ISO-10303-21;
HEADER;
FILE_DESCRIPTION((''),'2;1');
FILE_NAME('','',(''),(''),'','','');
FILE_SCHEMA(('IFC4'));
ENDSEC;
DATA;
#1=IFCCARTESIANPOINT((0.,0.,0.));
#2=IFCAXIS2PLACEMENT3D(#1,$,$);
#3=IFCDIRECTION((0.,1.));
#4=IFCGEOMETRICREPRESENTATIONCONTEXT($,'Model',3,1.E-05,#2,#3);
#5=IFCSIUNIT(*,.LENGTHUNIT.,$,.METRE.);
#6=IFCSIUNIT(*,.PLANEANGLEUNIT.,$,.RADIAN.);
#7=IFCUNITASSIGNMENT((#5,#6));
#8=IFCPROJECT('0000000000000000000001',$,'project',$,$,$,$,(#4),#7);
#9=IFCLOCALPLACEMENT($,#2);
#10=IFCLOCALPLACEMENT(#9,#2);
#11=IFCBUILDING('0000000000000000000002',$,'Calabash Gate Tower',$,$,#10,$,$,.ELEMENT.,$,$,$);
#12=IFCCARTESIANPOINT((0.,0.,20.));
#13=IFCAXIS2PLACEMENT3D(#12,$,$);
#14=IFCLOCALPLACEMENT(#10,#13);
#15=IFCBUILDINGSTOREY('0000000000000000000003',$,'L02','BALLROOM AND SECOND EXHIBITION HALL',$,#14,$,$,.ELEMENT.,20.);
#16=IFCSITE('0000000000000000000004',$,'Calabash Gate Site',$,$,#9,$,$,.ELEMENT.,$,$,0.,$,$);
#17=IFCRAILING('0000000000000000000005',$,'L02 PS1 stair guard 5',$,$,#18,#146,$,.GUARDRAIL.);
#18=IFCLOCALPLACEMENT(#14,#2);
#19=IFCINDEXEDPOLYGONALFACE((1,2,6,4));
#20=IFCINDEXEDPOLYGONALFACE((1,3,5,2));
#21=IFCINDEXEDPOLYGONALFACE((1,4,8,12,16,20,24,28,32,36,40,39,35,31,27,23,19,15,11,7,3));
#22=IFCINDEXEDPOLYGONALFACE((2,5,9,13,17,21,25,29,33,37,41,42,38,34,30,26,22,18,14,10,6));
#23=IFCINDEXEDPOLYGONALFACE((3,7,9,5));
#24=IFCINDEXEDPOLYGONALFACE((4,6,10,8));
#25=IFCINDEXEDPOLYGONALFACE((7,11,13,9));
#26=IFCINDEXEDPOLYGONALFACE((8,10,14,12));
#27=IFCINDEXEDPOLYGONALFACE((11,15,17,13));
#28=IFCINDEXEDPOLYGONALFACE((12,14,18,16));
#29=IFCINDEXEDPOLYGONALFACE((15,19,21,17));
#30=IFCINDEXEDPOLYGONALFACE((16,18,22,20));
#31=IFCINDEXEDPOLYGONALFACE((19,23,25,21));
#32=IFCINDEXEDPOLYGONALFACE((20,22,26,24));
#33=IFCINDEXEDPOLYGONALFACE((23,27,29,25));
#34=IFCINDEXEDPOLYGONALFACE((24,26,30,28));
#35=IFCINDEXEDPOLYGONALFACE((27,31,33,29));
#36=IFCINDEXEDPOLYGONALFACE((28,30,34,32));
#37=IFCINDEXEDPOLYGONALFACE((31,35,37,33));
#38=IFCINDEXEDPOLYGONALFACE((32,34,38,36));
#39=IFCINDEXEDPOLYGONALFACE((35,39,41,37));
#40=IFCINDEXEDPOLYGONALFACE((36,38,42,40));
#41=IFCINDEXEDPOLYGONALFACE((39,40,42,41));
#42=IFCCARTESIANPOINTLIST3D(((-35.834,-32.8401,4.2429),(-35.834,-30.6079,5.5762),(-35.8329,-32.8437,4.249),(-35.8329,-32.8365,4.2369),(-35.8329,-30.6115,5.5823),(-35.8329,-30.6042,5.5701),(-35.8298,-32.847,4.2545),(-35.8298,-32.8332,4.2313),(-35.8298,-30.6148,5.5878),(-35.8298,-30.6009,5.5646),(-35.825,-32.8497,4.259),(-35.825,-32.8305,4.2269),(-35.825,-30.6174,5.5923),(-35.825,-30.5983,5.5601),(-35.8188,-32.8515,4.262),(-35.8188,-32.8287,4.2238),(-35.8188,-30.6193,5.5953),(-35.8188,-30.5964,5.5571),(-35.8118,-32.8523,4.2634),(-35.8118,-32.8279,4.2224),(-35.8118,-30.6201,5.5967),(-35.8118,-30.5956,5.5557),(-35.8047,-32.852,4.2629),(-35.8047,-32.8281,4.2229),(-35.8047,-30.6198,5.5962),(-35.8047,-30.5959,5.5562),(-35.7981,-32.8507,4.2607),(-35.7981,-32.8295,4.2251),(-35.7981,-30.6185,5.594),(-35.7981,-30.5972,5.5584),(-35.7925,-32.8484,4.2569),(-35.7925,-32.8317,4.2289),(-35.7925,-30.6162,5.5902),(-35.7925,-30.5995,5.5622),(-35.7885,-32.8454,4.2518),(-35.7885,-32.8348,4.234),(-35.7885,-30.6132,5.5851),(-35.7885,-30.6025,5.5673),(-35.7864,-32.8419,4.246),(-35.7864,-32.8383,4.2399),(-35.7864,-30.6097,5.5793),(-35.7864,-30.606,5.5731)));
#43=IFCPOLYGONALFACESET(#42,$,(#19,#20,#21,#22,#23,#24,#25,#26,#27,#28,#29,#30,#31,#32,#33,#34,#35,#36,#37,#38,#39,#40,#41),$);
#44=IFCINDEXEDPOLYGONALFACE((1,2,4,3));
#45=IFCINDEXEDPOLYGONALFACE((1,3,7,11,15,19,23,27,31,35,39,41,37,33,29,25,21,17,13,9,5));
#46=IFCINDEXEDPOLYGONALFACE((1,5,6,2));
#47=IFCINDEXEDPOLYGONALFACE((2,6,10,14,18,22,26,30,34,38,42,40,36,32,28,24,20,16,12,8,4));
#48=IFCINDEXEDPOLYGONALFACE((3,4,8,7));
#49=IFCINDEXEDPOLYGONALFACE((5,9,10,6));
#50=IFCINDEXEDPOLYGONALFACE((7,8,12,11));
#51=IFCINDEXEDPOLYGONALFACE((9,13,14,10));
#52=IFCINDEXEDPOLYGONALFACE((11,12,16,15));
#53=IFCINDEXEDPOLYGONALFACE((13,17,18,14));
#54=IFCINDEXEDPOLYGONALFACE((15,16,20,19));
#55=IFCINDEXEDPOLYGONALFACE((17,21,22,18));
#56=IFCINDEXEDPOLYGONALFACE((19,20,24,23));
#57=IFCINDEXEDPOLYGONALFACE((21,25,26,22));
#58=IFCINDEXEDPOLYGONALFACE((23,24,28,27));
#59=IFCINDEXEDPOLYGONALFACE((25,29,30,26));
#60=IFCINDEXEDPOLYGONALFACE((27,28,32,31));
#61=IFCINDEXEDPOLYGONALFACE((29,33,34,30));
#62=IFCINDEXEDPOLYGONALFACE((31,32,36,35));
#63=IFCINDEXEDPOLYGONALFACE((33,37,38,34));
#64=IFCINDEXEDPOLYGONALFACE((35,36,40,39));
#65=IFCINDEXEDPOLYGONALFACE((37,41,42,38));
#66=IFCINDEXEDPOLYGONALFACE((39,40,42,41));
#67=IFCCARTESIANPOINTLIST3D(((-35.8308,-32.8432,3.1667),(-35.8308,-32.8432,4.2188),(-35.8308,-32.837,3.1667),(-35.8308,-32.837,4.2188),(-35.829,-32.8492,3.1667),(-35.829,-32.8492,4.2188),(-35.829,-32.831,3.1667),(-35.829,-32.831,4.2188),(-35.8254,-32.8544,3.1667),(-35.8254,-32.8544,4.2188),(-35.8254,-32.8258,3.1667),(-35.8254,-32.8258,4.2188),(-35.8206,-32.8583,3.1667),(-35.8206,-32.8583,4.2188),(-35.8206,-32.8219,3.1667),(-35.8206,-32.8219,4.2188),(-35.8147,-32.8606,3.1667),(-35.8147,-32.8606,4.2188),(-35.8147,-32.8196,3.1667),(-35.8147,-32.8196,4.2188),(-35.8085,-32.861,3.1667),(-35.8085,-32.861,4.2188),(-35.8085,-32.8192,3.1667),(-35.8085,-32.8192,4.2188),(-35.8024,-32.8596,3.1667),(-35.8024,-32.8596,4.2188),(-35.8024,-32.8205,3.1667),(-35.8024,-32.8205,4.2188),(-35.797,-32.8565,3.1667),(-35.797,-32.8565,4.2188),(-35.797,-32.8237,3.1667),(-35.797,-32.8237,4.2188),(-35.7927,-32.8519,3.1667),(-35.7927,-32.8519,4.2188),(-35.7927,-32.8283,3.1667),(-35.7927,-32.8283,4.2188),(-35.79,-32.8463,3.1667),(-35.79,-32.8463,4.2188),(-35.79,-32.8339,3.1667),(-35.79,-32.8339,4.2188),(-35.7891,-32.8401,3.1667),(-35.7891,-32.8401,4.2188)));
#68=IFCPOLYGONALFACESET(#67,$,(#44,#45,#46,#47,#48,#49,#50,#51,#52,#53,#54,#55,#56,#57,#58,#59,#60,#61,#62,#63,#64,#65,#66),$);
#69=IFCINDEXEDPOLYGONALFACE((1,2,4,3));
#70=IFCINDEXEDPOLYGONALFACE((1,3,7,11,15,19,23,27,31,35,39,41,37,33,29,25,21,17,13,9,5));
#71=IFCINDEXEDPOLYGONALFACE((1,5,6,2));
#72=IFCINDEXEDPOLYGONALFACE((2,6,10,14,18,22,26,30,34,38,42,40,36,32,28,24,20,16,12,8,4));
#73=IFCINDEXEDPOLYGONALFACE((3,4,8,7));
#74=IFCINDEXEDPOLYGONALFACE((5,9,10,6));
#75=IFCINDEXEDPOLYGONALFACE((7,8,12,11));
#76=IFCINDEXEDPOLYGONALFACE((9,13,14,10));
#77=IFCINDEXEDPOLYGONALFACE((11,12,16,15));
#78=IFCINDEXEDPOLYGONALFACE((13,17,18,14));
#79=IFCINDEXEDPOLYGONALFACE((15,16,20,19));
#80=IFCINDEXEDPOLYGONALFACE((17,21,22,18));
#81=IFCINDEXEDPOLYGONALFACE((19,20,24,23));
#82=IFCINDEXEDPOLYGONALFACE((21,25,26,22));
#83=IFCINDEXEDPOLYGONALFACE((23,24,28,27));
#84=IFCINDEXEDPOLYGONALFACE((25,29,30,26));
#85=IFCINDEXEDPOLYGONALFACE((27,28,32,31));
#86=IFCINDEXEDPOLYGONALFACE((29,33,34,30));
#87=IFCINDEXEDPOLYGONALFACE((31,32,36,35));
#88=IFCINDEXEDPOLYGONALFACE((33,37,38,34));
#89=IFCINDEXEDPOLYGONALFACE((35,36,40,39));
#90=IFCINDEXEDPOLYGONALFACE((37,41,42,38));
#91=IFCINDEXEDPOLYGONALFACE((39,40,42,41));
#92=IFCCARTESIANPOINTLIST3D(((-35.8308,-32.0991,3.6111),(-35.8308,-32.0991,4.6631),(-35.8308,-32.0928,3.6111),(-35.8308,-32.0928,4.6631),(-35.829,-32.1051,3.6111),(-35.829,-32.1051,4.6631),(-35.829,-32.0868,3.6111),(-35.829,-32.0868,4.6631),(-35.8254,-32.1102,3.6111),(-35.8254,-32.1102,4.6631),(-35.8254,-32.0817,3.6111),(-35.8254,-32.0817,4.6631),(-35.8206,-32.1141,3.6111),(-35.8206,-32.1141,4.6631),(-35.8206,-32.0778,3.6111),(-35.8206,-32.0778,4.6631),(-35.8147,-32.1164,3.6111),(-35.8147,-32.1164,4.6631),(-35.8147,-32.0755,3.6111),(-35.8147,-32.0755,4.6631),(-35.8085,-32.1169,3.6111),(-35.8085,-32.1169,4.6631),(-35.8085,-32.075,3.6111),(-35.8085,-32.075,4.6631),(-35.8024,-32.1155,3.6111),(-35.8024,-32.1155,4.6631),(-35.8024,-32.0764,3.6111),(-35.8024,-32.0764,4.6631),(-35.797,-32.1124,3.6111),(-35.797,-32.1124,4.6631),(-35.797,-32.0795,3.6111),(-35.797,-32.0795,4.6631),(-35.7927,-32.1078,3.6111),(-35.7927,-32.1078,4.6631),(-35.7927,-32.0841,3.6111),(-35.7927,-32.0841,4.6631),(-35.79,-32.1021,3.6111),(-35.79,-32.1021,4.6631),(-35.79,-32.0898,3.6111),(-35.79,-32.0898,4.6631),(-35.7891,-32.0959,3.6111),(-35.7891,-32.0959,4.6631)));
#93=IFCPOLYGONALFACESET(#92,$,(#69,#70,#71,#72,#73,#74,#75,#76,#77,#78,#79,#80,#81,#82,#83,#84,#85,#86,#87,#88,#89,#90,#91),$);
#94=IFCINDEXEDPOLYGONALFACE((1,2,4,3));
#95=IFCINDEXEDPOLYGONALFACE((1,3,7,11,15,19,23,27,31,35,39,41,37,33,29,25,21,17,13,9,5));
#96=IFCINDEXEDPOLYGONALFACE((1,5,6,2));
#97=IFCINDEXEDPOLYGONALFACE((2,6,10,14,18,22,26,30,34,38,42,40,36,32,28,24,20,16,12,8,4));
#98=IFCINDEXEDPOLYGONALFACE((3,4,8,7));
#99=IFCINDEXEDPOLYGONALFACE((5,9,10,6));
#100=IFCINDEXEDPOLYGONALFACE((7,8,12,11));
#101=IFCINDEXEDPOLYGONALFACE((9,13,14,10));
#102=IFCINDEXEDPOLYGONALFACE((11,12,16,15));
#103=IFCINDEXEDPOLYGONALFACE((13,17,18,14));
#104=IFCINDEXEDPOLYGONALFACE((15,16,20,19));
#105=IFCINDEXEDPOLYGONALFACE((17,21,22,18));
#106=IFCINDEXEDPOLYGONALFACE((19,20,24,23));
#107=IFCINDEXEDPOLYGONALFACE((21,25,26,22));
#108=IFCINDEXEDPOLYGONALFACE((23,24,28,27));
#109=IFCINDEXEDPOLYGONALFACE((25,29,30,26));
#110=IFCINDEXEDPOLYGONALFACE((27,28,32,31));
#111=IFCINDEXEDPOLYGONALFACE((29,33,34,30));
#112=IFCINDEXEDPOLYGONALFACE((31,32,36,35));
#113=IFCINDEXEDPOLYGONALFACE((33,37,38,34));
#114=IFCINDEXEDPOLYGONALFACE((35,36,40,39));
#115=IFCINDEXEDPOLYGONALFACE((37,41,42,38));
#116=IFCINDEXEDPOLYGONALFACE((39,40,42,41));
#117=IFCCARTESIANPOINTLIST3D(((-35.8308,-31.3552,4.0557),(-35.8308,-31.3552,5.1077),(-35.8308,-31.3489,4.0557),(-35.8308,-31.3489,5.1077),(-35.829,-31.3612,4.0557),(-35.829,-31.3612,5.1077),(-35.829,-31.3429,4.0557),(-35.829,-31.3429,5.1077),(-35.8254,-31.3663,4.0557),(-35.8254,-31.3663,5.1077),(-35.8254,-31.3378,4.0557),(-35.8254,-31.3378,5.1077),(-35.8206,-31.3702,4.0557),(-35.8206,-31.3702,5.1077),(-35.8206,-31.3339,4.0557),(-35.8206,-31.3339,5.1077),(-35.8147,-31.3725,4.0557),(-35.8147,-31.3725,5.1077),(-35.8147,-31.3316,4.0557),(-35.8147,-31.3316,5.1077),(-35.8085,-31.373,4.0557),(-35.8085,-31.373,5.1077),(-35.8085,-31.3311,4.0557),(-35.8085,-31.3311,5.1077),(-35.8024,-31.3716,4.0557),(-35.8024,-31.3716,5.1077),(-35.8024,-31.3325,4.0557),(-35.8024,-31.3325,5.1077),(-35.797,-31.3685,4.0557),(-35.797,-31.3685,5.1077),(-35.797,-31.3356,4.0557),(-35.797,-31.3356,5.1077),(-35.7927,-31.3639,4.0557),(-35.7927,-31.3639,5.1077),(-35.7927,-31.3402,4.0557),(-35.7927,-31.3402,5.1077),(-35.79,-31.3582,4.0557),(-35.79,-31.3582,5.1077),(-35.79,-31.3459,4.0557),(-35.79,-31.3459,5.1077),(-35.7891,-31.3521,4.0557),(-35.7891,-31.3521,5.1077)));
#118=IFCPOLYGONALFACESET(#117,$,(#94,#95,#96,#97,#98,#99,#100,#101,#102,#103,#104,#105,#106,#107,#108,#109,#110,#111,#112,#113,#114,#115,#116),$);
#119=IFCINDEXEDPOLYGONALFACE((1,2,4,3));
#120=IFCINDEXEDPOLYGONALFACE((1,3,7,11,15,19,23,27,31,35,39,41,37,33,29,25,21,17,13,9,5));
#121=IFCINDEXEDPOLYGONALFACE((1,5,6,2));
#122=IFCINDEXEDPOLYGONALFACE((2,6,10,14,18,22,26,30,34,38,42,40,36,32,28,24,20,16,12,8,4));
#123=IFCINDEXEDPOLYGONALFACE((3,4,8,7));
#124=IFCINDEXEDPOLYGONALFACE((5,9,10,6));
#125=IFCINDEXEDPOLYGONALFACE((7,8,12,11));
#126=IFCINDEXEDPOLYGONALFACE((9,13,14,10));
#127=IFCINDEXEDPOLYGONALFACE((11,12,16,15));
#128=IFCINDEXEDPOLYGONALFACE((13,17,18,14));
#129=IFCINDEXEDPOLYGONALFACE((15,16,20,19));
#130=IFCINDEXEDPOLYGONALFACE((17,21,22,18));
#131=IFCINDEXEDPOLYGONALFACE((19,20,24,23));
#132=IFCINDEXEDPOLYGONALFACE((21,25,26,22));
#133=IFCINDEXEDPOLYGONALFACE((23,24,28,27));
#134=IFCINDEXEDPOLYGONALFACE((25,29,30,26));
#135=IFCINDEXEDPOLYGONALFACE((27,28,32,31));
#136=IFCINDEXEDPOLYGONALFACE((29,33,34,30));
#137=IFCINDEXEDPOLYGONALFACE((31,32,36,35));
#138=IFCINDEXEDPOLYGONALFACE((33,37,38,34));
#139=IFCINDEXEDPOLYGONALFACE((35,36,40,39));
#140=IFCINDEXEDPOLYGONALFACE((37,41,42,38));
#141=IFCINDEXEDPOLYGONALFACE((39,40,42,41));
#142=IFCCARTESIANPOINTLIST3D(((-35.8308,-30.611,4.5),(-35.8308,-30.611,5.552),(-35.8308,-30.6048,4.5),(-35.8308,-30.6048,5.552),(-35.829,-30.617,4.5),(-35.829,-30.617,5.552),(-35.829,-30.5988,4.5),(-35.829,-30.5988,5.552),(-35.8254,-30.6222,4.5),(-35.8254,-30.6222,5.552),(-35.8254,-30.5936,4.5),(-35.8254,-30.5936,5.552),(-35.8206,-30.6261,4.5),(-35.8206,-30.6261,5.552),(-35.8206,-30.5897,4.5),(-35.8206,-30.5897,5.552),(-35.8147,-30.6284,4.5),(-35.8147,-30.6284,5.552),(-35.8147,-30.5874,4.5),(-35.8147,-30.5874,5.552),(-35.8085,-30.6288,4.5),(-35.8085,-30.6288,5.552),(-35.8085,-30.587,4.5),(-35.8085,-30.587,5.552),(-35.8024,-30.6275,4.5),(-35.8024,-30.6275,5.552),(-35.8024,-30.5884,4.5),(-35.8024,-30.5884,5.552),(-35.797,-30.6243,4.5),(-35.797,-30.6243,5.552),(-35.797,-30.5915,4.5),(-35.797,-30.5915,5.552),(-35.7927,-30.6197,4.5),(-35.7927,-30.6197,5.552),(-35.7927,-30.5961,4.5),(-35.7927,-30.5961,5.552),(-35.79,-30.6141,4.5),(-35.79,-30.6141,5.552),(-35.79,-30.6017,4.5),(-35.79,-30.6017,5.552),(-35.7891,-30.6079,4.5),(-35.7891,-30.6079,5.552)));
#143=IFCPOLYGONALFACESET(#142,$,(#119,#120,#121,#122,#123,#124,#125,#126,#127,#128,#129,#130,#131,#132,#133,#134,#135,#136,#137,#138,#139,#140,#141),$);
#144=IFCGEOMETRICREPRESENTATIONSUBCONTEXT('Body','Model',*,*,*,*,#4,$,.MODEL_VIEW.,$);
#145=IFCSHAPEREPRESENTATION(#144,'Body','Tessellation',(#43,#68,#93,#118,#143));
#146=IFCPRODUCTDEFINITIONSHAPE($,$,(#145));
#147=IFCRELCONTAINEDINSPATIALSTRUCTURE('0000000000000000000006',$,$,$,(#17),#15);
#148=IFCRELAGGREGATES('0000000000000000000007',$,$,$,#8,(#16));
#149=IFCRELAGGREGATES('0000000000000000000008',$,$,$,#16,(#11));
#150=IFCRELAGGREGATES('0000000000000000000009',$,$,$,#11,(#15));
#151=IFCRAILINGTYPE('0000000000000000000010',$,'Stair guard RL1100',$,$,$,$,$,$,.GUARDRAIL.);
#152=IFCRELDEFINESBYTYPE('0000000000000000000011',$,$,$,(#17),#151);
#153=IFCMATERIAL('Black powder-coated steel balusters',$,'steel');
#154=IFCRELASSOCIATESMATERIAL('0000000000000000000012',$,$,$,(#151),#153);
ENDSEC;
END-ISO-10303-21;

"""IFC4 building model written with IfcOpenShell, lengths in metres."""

from ifc_helpers import new_model, si_unit, direction, frame, origin, origin_2d, place, context, subcontext, project, spatial, circle, extrude, material, type_object, element, save


model = new_model("IFC4")

# Units and contexts
model_context = context("Model", 3, precision=1e-05, world=origin(), true_north=direction((0.0, 1.0)))
body_context = subcontext(model_context, "Body", "Model", "MODEL_VIEW")
ifc_project = project(units=[si_unit("LENGTHUNIT", "METRE"), si_unit("PLANEANGLEUNIT", "RADIAN")], contexts=[model_context])

# Site, building, storey
site_placement = place(None, origin())
site = spatial("IfcSite", under=ifc_project, at=site_placement, Name="Calabash Gate Site", CompositionType="ELEMENT", RefElevation=0.0)
building_placement = place(site_placement, origin())
building = spatial("IfcBuilding", under=site, at=building_placement, Name="Calabash Gate Tower", CompositionType="ELEMENT")
storey_placement = place(building_placement, frame((0.0, 0.0, 20.0)))
storey = spatial("IfcBuildingStorey", under=building, at=storey_placement, Name="L02", Description="BALLROOM AND SECOND EXHIBITION HALL", CompositionType="ELEMENT", Elevation=20.0)

# Railing
ifc_material_1 = material(Name="Black powder-coated steel balusters", Category="steel")
railing_type = type_object("IfcRailingType", Name="Stair guard RL1100", PredefinedType="GUARDRAIL", material=ifc_material_1)
railing_1_placement = place(storey_placement, frame((-35.8101, -32.8401, 3.1667)))
element("IfcRailing", 1, at=railing_1_placement, inside=storey, type_object=railing_type, Name="L02 PS1 stair guard 5", PredefinedType="GUARDRAIL", context=body_context, shape_type="SweptSolid", body=[
    extrude(circle(Radius=0.0239, at=origin_2d()), frame((0.0, 0.0, 1.0762), z_axis=(0.0, 0.858519, 0.512782), x_axis=(-1.0, 0.0, 0.0)), (0.0, 0.0, 1.0), 2.6001),
    extrude(circle(Radius=0.021, at=origin_2d()), origin(), (0.0, 0.0, 1.0), 1.052),
    extrude(circle(Radius=0.021, at=origin_2d()), frame((0.0, 0.7441, 0.4443)), (0.0, 0.0, 1.0), 1.052),
    extrude(circle(Radius=0.021, at=origin_2d()), frame((0.0, 1.488, 0.8889)), (0.0, 0.0, 1.0), 1.052),
    extrude(circle(Radius=0.021, at=origin_2d()), frame((0.0, 2.2322, 1.3333)), (0.0, 0.0, 1.0), 1.052),
])

save(model, "model.ifc")
